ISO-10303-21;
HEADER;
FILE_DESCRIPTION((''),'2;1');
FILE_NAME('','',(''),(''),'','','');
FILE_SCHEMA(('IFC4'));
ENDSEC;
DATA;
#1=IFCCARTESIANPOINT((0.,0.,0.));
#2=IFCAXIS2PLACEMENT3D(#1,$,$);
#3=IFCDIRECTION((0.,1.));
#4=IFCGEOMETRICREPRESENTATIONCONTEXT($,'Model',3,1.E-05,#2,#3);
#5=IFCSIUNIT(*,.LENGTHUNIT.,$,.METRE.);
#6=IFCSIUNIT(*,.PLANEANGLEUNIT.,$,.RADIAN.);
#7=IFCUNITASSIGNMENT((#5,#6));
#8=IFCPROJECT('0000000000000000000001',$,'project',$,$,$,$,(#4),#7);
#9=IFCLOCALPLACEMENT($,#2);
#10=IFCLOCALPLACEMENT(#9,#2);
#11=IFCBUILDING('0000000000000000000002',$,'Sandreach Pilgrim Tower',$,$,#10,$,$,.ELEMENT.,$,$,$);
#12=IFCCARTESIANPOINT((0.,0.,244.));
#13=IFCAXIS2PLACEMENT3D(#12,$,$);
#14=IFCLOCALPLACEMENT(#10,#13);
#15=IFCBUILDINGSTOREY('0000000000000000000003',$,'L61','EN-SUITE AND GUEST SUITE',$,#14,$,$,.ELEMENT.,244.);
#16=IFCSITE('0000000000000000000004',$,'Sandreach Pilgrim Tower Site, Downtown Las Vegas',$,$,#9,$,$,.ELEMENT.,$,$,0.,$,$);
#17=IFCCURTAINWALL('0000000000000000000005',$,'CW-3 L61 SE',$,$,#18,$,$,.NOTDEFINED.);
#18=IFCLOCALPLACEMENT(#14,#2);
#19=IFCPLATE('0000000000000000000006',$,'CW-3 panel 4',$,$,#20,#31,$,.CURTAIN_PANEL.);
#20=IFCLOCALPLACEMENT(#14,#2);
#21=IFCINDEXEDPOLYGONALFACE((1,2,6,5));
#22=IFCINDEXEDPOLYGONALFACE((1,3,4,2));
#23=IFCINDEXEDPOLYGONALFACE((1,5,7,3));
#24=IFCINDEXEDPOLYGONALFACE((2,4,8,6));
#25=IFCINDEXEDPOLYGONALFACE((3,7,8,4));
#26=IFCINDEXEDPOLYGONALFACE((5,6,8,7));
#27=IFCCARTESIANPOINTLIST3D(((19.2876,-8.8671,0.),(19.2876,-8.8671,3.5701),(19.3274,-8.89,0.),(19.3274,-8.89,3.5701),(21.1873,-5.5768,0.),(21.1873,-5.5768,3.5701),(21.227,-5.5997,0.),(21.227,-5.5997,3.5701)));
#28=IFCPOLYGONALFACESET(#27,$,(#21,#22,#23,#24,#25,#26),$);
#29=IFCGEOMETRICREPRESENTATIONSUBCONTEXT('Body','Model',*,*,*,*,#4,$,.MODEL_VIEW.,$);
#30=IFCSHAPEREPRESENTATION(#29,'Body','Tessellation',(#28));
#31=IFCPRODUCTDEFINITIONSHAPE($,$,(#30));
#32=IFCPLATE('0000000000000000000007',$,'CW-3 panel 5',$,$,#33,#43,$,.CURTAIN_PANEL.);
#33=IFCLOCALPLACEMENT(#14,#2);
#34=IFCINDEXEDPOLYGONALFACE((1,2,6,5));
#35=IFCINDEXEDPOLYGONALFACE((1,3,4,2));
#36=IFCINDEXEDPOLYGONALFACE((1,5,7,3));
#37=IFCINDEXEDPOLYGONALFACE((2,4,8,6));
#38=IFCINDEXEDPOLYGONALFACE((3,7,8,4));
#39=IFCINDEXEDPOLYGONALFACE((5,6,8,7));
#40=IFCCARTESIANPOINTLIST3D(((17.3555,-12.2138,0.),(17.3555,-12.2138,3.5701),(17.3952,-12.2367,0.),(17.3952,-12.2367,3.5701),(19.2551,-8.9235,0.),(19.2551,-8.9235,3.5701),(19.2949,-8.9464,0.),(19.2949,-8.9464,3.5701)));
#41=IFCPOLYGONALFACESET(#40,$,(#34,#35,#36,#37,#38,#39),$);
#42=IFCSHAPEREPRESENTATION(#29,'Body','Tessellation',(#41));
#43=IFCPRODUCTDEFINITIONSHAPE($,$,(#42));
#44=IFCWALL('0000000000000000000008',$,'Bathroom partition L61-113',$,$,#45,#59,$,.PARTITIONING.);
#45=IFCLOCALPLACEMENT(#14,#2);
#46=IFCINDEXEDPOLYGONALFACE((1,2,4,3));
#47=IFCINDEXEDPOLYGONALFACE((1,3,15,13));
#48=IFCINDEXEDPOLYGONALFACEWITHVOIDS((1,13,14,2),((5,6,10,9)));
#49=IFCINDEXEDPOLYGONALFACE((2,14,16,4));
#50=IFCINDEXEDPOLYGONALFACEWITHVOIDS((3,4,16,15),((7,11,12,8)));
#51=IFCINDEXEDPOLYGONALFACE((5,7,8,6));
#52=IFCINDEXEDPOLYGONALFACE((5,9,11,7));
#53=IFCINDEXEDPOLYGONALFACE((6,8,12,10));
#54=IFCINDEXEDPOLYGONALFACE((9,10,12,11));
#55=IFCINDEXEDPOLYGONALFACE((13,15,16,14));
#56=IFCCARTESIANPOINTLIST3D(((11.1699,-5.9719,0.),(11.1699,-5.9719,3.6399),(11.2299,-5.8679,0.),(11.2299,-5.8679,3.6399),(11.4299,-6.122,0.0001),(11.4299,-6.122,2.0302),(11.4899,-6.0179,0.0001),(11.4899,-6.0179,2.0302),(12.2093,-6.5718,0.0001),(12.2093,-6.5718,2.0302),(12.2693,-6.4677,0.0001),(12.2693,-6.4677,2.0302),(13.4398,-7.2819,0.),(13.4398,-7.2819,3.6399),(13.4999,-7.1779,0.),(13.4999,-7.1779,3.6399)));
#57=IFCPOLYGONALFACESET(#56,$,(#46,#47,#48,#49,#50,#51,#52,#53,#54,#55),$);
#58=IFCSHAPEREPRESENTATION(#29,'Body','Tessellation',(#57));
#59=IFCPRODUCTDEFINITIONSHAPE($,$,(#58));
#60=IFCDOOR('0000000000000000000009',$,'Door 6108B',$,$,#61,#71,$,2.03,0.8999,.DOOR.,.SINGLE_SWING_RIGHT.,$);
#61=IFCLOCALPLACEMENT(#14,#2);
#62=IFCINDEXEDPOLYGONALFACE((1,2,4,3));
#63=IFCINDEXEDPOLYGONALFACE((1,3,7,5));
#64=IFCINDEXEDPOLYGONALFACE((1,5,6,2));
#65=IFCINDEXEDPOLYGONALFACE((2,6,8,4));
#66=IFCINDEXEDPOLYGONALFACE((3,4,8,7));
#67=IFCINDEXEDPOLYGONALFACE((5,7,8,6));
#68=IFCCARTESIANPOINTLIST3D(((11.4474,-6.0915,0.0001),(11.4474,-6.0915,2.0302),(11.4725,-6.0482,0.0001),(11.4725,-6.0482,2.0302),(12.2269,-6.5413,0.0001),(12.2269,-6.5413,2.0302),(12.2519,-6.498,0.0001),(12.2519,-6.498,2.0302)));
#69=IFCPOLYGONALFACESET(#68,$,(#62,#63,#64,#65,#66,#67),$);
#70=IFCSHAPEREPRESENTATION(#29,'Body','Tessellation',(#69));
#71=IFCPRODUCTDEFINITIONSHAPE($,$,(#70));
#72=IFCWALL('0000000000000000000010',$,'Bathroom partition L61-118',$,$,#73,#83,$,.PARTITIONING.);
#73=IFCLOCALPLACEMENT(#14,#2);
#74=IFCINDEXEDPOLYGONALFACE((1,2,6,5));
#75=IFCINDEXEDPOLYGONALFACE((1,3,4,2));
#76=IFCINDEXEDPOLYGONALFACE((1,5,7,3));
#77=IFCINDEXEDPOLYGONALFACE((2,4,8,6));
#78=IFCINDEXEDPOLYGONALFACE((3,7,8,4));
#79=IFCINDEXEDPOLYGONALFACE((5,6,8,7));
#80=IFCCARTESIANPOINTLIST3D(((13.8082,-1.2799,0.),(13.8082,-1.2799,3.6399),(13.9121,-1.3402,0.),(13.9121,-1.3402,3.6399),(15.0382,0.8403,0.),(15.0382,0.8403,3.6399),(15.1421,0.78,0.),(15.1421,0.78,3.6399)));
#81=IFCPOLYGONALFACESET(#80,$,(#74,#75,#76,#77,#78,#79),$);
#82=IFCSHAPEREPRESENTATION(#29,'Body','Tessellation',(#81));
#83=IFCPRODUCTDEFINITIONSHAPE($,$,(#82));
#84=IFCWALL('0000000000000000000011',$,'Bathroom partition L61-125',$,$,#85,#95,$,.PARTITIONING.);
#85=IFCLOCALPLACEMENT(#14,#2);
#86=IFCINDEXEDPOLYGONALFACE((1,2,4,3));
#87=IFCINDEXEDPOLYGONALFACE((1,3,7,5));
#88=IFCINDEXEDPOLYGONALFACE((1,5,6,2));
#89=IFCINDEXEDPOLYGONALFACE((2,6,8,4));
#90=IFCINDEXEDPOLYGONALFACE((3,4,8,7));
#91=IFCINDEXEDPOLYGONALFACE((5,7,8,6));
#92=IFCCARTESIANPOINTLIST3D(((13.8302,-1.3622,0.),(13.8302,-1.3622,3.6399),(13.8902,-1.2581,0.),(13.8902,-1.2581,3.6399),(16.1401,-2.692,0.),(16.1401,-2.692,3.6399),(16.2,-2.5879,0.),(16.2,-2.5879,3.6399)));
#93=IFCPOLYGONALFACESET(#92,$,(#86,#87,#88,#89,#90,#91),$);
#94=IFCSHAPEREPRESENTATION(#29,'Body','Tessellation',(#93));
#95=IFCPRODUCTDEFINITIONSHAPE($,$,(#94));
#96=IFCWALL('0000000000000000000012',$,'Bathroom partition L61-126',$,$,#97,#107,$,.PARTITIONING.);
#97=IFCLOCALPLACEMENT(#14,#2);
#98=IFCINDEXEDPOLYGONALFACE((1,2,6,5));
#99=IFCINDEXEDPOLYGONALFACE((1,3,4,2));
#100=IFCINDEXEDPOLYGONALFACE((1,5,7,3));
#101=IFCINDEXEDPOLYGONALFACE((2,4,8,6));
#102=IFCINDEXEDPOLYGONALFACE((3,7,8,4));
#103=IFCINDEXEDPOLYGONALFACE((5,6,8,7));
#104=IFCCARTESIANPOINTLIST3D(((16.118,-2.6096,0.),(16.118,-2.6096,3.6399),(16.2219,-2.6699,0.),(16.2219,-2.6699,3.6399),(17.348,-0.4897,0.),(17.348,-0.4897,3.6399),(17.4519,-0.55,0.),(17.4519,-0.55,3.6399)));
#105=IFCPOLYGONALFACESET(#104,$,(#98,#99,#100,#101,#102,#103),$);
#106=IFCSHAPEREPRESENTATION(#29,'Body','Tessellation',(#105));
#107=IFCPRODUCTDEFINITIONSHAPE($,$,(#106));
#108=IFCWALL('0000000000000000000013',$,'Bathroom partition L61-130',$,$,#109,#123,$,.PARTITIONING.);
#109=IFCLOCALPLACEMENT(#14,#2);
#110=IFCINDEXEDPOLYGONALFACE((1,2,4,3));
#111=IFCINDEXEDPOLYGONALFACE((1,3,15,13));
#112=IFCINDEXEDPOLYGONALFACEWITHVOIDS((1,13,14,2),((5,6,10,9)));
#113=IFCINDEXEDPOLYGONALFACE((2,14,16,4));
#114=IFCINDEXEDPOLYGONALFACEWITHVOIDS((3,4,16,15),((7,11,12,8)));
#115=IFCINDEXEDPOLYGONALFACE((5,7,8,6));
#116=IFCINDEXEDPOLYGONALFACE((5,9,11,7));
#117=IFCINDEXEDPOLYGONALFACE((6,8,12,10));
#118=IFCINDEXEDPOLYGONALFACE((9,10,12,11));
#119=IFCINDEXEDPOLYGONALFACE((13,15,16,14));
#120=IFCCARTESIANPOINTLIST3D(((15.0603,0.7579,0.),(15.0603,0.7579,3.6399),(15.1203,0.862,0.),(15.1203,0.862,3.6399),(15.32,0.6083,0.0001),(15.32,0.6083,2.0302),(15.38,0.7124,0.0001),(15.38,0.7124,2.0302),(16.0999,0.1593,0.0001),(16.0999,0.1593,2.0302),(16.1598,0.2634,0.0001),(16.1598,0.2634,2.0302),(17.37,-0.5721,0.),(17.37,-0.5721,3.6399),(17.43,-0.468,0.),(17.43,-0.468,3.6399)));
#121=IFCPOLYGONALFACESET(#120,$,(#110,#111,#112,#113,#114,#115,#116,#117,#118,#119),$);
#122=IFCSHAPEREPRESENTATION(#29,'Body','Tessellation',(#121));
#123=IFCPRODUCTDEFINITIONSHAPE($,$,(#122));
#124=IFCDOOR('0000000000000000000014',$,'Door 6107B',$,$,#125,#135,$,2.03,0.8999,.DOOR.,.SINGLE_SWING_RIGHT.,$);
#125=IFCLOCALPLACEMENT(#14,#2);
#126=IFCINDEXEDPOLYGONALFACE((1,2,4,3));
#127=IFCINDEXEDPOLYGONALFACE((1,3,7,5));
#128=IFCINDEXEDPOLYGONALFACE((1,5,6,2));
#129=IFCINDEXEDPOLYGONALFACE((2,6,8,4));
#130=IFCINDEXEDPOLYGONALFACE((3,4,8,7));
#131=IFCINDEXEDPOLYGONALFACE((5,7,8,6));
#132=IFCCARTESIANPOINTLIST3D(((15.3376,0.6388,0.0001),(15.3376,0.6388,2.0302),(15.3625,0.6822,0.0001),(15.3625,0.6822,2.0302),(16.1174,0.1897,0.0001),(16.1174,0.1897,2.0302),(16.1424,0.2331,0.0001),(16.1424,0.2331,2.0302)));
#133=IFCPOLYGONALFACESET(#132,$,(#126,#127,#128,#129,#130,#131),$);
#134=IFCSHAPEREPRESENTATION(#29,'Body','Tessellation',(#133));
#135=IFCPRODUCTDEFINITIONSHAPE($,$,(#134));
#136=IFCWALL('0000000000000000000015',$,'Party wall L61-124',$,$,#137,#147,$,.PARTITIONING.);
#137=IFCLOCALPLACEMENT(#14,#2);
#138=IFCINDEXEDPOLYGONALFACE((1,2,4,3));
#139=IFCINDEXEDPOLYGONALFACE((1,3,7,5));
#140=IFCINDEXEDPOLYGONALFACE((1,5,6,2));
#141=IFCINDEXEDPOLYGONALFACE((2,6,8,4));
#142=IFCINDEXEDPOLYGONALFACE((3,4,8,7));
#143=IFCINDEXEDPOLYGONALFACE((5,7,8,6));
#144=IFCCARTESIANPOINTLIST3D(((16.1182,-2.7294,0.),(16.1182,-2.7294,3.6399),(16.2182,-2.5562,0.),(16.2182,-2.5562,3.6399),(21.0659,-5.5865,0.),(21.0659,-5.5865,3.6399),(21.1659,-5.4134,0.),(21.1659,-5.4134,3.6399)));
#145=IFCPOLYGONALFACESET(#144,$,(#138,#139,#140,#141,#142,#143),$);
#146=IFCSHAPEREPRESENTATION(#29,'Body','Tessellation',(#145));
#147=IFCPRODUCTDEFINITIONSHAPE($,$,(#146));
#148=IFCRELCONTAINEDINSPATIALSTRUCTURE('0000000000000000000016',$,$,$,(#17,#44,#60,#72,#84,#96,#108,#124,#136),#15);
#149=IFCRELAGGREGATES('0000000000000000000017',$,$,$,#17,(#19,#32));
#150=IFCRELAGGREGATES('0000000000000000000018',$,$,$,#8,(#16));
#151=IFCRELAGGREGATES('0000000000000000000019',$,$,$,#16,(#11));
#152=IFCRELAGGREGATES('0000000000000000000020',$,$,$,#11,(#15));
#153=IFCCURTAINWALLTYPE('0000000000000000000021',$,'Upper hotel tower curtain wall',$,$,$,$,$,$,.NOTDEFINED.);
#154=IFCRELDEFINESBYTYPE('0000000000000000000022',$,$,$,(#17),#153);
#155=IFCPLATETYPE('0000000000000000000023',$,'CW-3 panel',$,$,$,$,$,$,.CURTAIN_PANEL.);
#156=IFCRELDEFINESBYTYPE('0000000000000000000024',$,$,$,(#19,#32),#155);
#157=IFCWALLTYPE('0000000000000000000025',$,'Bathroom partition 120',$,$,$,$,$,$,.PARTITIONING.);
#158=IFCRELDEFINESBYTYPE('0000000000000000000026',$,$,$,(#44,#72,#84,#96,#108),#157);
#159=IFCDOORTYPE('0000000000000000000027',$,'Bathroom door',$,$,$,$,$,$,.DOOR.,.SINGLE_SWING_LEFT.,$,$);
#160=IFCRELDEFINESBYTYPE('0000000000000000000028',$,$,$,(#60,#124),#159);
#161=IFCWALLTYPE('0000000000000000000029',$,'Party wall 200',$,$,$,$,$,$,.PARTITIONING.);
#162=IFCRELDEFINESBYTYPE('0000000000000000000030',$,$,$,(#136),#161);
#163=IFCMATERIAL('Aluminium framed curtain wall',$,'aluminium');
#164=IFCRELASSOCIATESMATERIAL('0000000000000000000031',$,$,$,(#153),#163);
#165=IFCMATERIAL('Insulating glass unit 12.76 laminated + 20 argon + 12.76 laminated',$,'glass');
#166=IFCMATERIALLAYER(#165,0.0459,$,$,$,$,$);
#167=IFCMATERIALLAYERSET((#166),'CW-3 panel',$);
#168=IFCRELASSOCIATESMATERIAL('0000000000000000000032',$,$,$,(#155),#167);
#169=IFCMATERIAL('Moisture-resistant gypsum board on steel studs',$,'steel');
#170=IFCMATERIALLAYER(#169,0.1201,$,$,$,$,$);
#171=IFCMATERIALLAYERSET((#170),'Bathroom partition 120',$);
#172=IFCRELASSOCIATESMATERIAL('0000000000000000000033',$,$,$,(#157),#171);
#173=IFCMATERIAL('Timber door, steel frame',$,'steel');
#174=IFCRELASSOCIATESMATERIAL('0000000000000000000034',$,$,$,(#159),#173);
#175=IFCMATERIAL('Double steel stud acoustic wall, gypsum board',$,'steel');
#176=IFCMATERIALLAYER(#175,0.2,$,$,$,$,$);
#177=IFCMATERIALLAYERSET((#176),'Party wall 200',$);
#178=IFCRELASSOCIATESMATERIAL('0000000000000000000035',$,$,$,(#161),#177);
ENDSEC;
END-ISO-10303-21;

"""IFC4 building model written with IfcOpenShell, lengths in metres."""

from ifc_helpers import new_model, si_unit, direction, frame, frame_2d, origin, origin_2d, place, context, subcontext, project, spatial, rectangle, extrude, material, layer, layer_set, type_object, element, fill, aggregate, save


model = new_model("IFC4")

# Units and contexts
model_context = context("Model", 3, precision=1e-05, world=origin(), true_north=direction((0.0, 1.0)))
body_context = subcontext(model_context, "Body", "Model", "MODEL_VIEW")
ifc_project = project(units=[si_unit("LENGTHUNIT", "METRE"), si_unit("PLANEANGLEUNIT", "RADIAN")], contexts=[model_context])

# Site, building, storey
site_placement = place(None, origin())
site = spatial("IfcSite", under=ifc_project, at=site_placement, Name="Sandreach Pilgrim Tower Site, Downtown Las Vegas", CompositionType="ELEMENT", RefElevation=0.0)
building_placement = place(site_placement, origin())
building = spatial("IfcBuilding", under=site, at=building_placement, Name="Sandreach Pilgrim Tower", CompositionType="ELEMENT")
storey_placement = place(building_placement, frame((0.0, 0.0, 244.0)))
storey = spatial("IfcBuildingStorey", under=building, at=storey_placement, Name="L61", Description="EN-SUITE AND GUEST SUITE", CompositionType="ELEMENT", Elevation=244.0)

# Curtain wall
ifc_material_1 = material(Name="Aluminium framed curtain wall", Category="aluminium")
curtain_wall_type = type_object("IfcCurtainWallType", Name="Upper hotel tower curtain wall", PredefinedType="NOTDEFINED", material=ifc_material_1)
curtain_wall_placement = place(storey_placement, origin())
curtain_wall = element("IfcCurtainWall", 1, at=curtain_wall_placement, inside=storey, type_object=curtain_wall_type, Name="CW-3 L61 SE", PredefinedType="NOTDEFINED")

# Plates
ifc_material_2 = material(Name="Insulating glass unit 12.76 laminated + 20 argon + 12.76 laminated", Category="glass")
ifc_layer_1 = layer(ifc_material_2, 0.0459)
ifc_layer_set_1 = layer_set([ifc_layer_1], Name="CW-3 panel")
plate_type = type_object("IfcPlateType", Name="CW-3 panel", PredefinedType="CURTAIN_PANEL", material=ifc_layer_set_1)
plate_1_placement = place(storey_placement, frame((20.2573, -7.2334, 0.0), z_axis=(0.0, 0.0, 1.0), x_axis=(-0.5, -0.866025, 0.0)))
plate_1 = element("IfcPlate", 2, at=plate_1_placement, type_object=plate_type, Name="CW-3 panel 4", PredefinedType="CURTAIN_PANEL", context=body_context, shape_type="SweptSolid", body=[
    extrude(rectangle(XDim=3.7993, YDim=0.0459, at=origin_2d()), origin(), (0.0, 0.0, 1.0), 3.5701),
])
plate_2_placement = place(storey_placement, frame((18.3252, -10.5801, 0.0), z_axis=(0.0, 0.0, 1.0), x_axis=(-0.5, -0.866025, 0.0)))
plate_2 = element("IfcPlate", 3, at=plate_2_placement, type_object=plate_type, Name="CW-3 panel 5", PredefinedType="CURTAIN_PANEL", context=body_context, shape_type="SweptSolid", body=[
    extrude(rectangle(XDim=3.7993, YDim=0.0459, at=origin_2d()), origin(), (0.0, 0.0, 1.0), 3.5701),
])
aggregate(curtain_wall, [plate_1, plate_2])

# Wall, opening, door
ifc_material_3 = material(Name="Moisture-resistant gypsum board on steel studs", Category="steel")
ifc_layer_2 = layer(ifc_material_3, 0.1201)
ifc_layer_set_2 = layer_set([ifc_layer_2], Name="Bathroom partition 120")
wall_type_1 = type_object("IfcWallType", Name="Bathroom partition 120", PredefinedType="PARTITIONING", material=ifc_layer_set_2)
wall_1_placement = place(storey_placement, frame((13.47, -7.23, 0.0), z_axis=(0.0, 0.0, 1.0), x_axis=(-0.866114, 0.499846, 0.0)))
wall_1 = element("IfcWall", 4, at=wall_1_placement, inside=storey, type_object=wall_type_1, Name="Bathroom partition L61-113", PredefinedType="PARTITIONING", context=body_context, shape_type="SweptSolid", body=[
    extrude(rectangle(XDim=2.6208, YDim=0.1201, at=frame_2d((1.3105, 0.0))), origin(), (0.0, 0.0, 1.0), 3.6399),
])
opening_1_placement = place(wall_1_placement, frame((1.4209, 0.0, 0.0)))
opening_1 = element("IfcOpeningElement", 5, at=opening_1_placement, cuts=wall_1, PredefinedType="OPENING", context=body_context, shape_type="SweptSolid", body=[
    extrude(rectangle(XDim=0.8999, YDim=2.03, at=frame_2d((0.45, 1.0151))), frame((0.0, 0.0601, 0.0), z_axis=(0.0, -1.0, 0.0), x_axis=(1.0, 0.0, 0.0)), (0.0, 0.0, 1.0), 0.1201),
])
ifc_material_4 = material(Name="Timber door, steel frame", Category="steel")
door_type = type_object("IfcDoorType", Name="Bathroom door", OperationType="SINGLE_SWING_LEFT", PredefinedType="DOOR", material=ifc_material_4)
door_1_placement = place(opening_1_placement, origin())
door_1 = element("IfcDoor", 6, at=door_1_placement, inside=storey, type_object=door_type, Name="Door 6108B", OperationType="SINGLE_SWING_RIGHT", OverallHeight=2.03, OverallWidth=0.8999, PredefinedType="DOOR", context=body_context, shape_type="SweptSolid", body=[
    extrude(rectangle(XDim=0.8999, YDim=2.03, at=frame_2d((0.45, 1.0151))), frame((0.0, 0.0249, 0.0), z_axis=(0.0, -1.0, 0.0), x_axis=(1.0, 0.0, 0.0)), (0.0, 0.0, 1.0), 0.05),
])
fill(opening_1, door_1)

# Walls
wall_2_placement = place(storey_placement, frame((13.8601, -1.3101, 0.0), z_axis=(0.0, 0.0, 1.0), x_axis=(0.501813, 0.864976, 0.0)))
element("IfcWall", 7, at=wall_2_placement, inside=storey, type_object=wall_type_1, Name="Bathroom partition L61-118", PredefinedType="PARTITIONING", context=body_context, shape_type="SweptSolid", body=[
    extrude(rectangle(XDim=2.4512, YDim=0.1201, at=frame_2d((1.2256, 0.0))), origin(), (0.0, 0.0, 1.0), 3.6399),
])
wall_3_placement = place(storey_placement, frame((16.1699, -2.6399, 0.0), z_axis=(0.0, 0.0, 1.0), x_axis=(-0.866632, 0.498948, 0.0)))
element("IfcWall", 8, at=wall_3_placement, inside=storey, type_object=wall_type_1, Name="Bathroom partition L61-125", PredefinedType="PARTITIONING", context=body_context, shape_type="SweptSolid", body=[
    extrude(rectangle(XDim=2.6653, YDim=0.1201, at=frame_2d((1.3325, 0.0))), origin(), (0.0, 0.0, 1.0), 3.6399),
])
wall_4_placement = place(storey_placement, frame((16.1699, -2.6399, 0.0), z_axis=(0.0, 0.0, 1.0), x_axis=(0.501857, 0.864951, 0.0)))
element("IfcWall", 9, at=wall_4_placement, inside=storey, type_object=wall_type_1, Name="Bathroom partition L61-126", PredefinedType="PARTITIONING", context=body_context, shape_type="SweptSolid", body=[
    extrude(rectangle(XDim=2.4509, YDim=0.1201, at=frame_2d((1.2256, 0.0))), origin(), (0.0, 0.0, 1.0), 3.6399),
])

# Wall, opening, door
wall_5_placement = place(storey_placement, frame((17.3999, -0.52, 0.0), z_axis=(0.0, 0.0, 1.0), x_axis=(-0.866592, 0.499017, 0.0)))
wall_5 = element("IfcWall", 10, at=wall_5_placement, inside=storey, type_object=wall_type_1, Name="Bathroom partition L61-130", PredefinedType="PARTITIONING", context=body_context, shape_type="SweptSolid", body=[
    extrude(rectangle(XDim=2.6653, YDim=0.1201, at=frame_2d((1.3325, 0.0))), origin(), (0.0, 0.0, 1.0), 3.6399),
])
opening_2_placement = place(wall_5_placement, frame((1.4656, 0.0, 0.0)))
opening_2 = element("IfcOpeningElement", 11, at=opening_2_placement, cuts=wall_5, PredefinedType="OPENING", context=body_context, shape_type="SweptSolid", body=[
    extrude(rectangle(XDim=0.8999, YDim=2.03, at=frame_2d((0.45, 1.0151))), frame((0.0, 0.0601, 0.0), z_axis=(0.0, -1.0, 0.0), x_axis=(1.0, 0.0, 0.0)), (0.0, 0.0, 1.0), 0.1201),
])
door_2_placement = place(opening_2_placement, origin())
door_2 = element("IfcDoor", 12, at=door_2_placement, inside=storey, type_object=door_type, Name="Door 6107B", OperationType="SINGLE_SWING_RIGHT", OverallHeight=2.03, OverallWidth=0.8999, PredefinedType="DOOR", context=body_context, shape_type="SweptSolid", body=[
    extrude(rectangle(XDim=0.8999, YDim=2.03, at=frame_2d((0.45, 1.0151))), frame((0.0, 0.0249, 0.0), z_axis=(0.0, -1.0, 0.0), x_axis=(1.0, 0.0, 0.0)), (0.0, 0.0, 1.0), 0.05),
])
fill(opening_2, door_2)

# Wall
ifc_material_5 = material(Name="Double steel stud acoustic wall, gypsum board", Category="steel")
ifc_layer_3 = layer(ifc_material_5, 0.2)
ifc_layer_set_3 = layer_set([ifc_layer_3], Name="Party wall 200")
wall_type_2 = type_object("IfcWallType", Name="Party wall 200", PredefinedType="PARTITIONING", material=ifc_layer_set_3)
wall_6_placement = place(storey_placement, frame((16.1682, -2.6428, 0.0), z_axis=(0.0, 0.0, 1.0), x_axis=(0.865981, -0.500078, 0.0)))
element("IfcWall", 13, at=wall_6_placement, inside=storey, type_object=wall_type_2, Name="Party wall L61-124", PredefinedType="PARTITIONING", context=body_context, shape_type="SweptSolid", body=[
    extrude(rectangle(XDim=5.7134, YDim=0.2, at=frame_2d((2.8567, 0.0))), origin(), (0.0, 0.0, 1.0), 3.6399),
])

save(model, "model.ifc")
